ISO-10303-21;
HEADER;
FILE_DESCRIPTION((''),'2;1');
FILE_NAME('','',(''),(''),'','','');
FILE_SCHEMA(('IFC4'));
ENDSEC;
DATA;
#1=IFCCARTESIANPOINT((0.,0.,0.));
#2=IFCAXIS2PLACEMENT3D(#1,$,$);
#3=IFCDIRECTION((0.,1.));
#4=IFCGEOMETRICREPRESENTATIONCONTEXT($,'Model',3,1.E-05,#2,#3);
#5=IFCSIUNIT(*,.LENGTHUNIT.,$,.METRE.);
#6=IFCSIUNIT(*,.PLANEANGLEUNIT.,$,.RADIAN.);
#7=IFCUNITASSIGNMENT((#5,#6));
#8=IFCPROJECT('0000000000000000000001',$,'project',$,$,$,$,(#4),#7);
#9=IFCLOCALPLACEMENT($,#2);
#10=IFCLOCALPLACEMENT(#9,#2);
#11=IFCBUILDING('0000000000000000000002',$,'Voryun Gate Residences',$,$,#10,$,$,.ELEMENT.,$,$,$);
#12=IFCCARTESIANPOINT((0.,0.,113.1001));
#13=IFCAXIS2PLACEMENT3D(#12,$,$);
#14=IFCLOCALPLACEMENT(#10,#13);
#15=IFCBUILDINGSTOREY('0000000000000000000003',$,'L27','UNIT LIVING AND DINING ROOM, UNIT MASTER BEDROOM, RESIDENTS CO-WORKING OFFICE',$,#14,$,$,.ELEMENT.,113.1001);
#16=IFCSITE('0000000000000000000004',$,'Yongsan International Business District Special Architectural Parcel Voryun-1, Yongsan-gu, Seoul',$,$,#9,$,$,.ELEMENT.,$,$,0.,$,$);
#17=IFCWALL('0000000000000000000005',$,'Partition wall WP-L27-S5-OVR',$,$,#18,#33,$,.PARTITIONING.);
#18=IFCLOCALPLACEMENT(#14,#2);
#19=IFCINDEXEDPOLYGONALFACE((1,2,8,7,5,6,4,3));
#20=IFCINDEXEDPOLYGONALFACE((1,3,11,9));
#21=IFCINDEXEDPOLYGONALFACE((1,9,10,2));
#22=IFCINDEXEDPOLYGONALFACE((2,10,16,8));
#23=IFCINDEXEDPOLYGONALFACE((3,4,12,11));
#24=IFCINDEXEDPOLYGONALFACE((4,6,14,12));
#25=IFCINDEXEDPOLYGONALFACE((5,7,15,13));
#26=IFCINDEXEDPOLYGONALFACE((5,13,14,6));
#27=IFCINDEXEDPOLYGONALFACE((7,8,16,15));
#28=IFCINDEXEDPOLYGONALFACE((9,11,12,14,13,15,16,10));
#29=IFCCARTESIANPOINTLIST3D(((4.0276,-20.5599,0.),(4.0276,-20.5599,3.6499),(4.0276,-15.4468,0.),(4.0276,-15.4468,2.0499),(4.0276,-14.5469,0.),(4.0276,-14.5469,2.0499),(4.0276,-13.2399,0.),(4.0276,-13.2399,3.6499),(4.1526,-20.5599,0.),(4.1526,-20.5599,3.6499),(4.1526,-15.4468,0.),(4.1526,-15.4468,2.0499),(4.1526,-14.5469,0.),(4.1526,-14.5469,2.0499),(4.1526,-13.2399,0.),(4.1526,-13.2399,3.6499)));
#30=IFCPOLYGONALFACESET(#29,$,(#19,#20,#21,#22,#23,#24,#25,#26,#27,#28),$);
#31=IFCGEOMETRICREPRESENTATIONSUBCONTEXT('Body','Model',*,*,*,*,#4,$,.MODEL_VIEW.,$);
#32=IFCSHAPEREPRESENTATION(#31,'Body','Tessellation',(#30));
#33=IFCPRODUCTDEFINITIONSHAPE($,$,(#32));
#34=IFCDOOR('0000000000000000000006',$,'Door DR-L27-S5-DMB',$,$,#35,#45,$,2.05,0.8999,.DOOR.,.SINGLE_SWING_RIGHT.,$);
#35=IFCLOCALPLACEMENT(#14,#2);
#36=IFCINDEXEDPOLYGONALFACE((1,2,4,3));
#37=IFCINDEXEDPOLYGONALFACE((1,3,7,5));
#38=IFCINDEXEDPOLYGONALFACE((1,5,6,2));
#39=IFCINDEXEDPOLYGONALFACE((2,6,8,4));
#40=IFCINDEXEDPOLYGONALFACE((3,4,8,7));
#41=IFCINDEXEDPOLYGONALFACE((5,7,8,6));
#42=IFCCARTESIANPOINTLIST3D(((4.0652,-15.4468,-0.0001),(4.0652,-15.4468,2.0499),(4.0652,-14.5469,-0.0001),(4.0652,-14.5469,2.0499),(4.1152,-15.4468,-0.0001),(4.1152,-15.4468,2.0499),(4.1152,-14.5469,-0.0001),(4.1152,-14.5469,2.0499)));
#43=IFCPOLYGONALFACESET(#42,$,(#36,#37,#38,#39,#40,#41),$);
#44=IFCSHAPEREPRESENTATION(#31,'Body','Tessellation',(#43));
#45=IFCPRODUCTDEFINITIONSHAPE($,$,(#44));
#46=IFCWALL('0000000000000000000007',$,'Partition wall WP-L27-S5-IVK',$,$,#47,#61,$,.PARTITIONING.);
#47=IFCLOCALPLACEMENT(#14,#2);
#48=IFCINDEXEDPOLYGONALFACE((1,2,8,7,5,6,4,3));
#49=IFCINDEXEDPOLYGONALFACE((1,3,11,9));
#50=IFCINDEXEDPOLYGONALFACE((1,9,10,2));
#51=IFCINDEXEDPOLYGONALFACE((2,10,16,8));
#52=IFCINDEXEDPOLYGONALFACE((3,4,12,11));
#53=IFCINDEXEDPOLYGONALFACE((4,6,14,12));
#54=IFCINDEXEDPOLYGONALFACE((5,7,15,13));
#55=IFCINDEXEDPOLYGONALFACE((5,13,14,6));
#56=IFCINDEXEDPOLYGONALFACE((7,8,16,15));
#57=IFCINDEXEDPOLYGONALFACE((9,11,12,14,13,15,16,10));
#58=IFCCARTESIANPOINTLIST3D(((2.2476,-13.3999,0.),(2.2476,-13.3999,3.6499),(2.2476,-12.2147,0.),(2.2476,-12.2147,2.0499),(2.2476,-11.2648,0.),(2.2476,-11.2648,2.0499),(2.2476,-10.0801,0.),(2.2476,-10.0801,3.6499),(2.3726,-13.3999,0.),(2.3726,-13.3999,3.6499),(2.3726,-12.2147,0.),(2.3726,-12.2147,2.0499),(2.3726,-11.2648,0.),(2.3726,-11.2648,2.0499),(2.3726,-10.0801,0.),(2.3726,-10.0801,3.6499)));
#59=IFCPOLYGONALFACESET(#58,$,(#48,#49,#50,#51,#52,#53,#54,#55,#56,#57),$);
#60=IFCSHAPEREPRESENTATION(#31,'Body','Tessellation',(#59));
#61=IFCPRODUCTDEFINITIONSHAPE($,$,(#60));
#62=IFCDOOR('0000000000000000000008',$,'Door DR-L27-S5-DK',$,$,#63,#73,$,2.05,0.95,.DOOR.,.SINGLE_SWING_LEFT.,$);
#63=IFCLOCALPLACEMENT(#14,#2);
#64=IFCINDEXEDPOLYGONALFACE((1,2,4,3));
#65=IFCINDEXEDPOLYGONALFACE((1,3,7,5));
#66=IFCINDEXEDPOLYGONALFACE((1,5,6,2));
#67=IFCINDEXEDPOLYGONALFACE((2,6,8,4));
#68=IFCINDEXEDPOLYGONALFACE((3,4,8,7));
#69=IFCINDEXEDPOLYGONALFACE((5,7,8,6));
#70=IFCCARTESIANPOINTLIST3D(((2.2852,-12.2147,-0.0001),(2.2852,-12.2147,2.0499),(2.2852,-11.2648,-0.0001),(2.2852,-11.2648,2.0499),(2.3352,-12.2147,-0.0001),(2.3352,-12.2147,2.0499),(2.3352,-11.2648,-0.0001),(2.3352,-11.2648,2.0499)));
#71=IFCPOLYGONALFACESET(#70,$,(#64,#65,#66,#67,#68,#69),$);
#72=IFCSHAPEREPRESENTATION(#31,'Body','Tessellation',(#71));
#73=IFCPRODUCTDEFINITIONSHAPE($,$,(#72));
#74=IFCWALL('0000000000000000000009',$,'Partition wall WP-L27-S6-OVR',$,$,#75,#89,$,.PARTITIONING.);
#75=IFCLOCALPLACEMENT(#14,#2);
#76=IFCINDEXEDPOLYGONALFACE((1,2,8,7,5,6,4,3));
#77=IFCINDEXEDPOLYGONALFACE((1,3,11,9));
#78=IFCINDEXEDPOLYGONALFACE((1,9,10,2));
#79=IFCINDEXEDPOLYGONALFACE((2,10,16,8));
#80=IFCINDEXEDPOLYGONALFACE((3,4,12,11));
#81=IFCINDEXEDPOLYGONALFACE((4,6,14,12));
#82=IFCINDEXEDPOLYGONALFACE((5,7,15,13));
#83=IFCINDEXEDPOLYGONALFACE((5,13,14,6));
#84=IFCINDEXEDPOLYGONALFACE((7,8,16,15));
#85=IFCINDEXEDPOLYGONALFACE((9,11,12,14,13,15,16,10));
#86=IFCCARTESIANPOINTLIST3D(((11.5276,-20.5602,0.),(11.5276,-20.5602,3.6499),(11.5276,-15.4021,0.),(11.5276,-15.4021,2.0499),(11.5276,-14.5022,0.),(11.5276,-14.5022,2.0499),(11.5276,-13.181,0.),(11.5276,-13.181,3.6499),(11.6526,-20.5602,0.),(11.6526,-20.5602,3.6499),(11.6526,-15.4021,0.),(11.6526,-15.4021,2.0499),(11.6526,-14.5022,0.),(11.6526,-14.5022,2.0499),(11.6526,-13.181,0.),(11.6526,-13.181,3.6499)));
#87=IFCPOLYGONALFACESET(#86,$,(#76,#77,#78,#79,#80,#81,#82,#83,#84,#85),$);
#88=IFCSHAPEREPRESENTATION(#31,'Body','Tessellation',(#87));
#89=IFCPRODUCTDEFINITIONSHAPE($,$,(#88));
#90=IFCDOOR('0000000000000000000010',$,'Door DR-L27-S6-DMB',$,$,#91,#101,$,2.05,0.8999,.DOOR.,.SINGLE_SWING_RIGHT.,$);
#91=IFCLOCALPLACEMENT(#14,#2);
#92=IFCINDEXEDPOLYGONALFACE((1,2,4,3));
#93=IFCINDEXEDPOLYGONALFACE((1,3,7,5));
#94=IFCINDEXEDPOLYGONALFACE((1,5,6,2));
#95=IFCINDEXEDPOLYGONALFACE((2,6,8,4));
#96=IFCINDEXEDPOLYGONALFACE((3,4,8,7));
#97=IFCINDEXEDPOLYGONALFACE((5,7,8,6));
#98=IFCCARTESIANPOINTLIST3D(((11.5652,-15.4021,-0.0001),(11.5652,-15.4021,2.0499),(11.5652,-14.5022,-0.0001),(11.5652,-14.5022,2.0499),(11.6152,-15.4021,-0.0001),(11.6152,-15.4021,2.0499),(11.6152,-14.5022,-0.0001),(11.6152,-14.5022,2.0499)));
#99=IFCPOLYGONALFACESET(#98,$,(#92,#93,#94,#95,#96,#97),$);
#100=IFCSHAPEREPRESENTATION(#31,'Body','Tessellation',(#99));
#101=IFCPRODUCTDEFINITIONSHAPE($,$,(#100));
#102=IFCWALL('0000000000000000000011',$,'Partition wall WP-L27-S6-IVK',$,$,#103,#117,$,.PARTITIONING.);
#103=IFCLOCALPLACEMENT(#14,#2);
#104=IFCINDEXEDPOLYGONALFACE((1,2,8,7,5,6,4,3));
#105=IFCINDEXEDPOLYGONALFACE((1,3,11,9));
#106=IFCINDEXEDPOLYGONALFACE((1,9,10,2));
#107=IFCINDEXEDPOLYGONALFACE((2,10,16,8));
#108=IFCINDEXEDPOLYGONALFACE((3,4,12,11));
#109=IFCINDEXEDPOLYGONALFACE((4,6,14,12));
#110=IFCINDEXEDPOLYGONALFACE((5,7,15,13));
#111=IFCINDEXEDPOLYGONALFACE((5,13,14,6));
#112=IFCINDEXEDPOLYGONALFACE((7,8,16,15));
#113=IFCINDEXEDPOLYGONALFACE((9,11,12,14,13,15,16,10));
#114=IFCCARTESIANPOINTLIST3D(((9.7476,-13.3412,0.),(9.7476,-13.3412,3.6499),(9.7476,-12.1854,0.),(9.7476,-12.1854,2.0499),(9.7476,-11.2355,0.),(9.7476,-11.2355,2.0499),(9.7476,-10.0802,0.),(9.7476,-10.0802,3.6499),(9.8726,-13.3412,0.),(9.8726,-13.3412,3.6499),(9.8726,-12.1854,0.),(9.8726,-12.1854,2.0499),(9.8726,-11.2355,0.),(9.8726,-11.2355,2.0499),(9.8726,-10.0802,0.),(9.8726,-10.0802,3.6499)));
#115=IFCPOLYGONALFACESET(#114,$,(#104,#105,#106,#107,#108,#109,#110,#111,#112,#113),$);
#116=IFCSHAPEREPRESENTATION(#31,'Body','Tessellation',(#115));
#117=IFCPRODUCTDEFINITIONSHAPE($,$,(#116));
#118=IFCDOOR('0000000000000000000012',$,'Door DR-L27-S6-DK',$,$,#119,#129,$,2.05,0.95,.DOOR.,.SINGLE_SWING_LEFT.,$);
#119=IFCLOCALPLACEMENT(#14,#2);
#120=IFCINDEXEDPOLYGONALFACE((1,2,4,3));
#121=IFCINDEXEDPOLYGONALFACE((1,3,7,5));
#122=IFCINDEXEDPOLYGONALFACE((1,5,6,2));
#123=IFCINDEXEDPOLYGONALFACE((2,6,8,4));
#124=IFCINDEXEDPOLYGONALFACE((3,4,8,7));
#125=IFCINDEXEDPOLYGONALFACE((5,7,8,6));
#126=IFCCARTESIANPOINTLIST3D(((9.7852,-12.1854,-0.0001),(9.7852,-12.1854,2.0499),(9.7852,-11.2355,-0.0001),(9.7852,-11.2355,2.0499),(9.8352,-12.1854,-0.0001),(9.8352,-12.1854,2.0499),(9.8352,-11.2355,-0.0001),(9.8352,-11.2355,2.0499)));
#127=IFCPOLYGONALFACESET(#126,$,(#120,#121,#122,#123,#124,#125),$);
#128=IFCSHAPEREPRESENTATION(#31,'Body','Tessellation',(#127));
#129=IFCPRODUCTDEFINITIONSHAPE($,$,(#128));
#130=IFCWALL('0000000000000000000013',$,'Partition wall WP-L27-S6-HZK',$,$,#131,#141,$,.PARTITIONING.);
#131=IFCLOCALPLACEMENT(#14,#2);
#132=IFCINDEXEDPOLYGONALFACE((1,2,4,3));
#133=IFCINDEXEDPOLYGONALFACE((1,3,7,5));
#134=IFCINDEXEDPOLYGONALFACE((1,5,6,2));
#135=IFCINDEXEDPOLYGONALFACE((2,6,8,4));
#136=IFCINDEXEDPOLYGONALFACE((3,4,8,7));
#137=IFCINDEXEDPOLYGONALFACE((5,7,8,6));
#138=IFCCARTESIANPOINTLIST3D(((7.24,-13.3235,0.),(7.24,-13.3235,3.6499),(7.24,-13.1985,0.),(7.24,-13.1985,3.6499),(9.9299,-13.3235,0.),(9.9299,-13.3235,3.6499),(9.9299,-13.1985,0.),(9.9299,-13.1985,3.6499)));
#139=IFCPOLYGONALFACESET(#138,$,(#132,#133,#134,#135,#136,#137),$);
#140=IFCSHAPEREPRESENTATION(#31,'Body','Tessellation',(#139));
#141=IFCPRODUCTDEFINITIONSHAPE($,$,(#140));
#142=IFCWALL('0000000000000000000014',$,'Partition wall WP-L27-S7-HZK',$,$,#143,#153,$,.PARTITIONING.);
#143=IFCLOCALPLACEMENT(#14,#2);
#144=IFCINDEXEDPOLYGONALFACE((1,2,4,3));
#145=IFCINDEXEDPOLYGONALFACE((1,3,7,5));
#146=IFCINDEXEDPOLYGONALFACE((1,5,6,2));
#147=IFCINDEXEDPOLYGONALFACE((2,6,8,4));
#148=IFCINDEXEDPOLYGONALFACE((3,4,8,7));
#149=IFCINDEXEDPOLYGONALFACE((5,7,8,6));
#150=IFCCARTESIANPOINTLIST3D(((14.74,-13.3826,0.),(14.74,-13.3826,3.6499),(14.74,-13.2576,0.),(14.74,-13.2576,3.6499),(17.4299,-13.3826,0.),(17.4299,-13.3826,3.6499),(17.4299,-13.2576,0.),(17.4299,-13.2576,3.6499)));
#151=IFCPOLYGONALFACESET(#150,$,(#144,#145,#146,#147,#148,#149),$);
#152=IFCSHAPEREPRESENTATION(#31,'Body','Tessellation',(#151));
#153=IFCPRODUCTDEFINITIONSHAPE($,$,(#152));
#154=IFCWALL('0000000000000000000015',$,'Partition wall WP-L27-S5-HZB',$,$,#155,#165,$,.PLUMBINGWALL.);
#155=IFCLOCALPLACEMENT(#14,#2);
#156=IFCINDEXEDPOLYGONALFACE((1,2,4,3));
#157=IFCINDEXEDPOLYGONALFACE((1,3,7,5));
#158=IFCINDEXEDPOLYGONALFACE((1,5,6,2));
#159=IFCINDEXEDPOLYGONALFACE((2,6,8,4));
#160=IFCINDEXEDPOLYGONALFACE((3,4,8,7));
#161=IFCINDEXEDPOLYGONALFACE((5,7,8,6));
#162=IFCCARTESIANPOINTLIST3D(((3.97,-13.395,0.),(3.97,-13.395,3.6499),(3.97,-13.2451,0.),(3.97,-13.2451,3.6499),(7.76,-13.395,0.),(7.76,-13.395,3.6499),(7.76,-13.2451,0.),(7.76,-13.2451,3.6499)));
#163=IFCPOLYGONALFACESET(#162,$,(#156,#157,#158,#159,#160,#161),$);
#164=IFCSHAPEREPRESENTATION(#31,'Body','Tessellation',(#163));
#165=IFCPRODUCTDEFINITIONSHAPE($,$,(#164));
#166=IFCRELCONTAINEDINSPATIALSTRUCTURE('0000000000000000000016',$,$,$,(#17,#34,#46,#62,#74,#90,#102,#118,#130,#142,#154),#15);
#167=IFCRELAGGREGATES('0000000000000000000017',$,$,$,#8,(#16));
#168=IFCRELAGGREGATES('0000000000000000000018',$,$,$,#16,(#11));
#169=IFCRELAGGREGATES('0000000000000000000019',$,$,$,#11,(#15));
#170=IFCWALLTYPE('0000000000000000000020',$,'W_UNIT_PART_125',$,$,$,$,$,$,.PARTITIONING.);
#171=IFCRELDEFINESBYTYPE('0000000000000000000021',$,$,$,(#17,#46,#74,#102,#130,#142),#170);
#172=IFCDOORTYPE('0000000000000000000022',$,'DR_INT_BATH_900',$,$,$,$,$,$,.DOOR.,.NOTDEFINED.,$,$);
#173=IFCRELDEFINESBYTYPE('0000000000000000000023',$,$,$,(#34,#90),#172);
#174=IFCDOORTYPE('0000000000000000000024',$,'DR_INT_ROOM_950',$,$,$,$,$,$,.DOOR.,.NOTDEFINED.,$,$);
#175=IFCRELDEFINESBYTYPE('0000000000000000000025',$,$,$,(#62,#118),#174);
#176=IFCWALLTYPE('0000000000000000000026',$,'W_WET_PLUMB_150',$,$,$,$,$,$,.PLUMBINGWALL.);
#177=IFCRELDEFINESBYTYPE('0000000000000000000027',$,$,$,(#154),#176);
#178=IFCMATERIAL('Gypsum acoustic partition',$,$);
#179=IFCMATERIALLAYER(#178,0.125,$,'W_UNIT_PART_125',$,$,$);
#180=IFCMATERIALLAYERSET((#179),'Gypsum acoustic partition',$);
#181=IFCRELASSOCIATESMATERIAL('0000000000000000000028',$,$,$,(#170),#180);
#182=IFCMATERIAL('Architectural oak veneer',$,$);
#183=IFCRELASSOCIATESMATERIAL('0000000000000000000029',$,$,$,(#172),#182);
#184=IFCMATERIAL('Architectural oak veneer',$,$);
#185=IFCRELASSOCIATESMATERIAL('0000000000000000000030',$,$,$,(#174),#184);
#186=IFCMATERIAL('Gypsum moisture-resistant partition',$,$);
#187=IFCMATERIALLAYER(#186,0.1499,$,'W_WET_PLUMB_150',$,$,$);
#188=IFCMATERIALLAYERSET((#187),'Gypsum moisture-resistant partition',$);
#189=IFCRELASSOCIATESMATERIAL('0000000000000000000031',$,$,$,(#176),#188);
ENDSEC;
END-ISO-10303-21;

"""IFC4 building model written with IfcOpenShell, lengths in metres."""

from ifc_helpers import new_model, si_unit, direction, frame, frame_2d, origin, place, context, subcontext, project, spatial, rectangle, extrude, material, layer, layer_set, type_object, element, fill, save


model = new_model("IFC4")

# Units and contexts
model_context = context("Model", 3, precision=1e-05, world=origin(), true_north=direction((0.0, 1.0)))
body_context = subcontext(model_context, "Body", "Model", "MODEL_VIEW")
ifc_project = project(units=[si_unit("LENGTHUNIT", "METRE"), si_unit("PLANEANGLEUNIT", "RADIAN")], contexts=[model_context])

# Site, building, storey
site_placement = place(None, origin())
site = spatial("IfcSite", under=ifc_project, at=site_placement, Name="Yongsan International Business District Special Architectural Parcel Voryun-1, Yongsan-gu, Seoul", CompositionType="ELEMENT", RefElevation=0.0)
building_placement = place(site_placement, origin())
building = spatial("IfcBuilding", under=site, at=building_placement, Name="Voryun Gate Residences", CompositionType="ELEMENT")
storey_placement = place(building_placement, frame((0.0, 0.0, 113.1001)))
storey = spatial("IfcBuildingStorey", under=building, at=storey_placement, Name="L27", Description="UNIT LIVING AND DINING ROOM, UNIT MASTER BEDROOM, RESIDENTS CO-WORKING OFFICE", CompositionType="ELEMENT", Elevation=113.1001)

# Walls, openings, doors
ifc_material_1 = material(Name="Gypsum acoustic partition")
ifc_layer_1 = layer(ifc_material_1, 0.125, Name="W_UNIT_PART_125")
ifc_layer_set_1 = layer_set([ifc_layer_1], Name="Gypsum acoustic partition")
wall_type_1 = type_object("IfcWallType", Name="W_UNIT_PART_125", PredefinedType="PARTITIONING", material=ifc_layer_set_1)
wall_1_placement = place(storey_placement, frame((4.0901, -20.5601, 0.0), z_axis=(0.0, 0.0, 1.0), x_axis=(0.0, 1.0, 0.0)))
wall_1 = element("IfcWall", 1, at=wall_1_placement, inside=storey, type_object=wall_type_1, Name="Partition wall WP-L27-S5-OVR", PredefinedType="PARTITIONING", context=body_context, shape_type="SweptSolid", body=[
    extrude(rectangle(XDim=7.3201, YDim=0.125, at=frame_2d((3.6602, 0.0))), origin(), (0.0, 0.0, 1.0), 3.6499),
])
opening_1_placement = place(wall_1_placement, frame((5.1133, 0.0, 0.0)))
opening_1 = element("IfcOpeningElement", 2, at=opening_1_placement, cuts=wall_1, PredefinedType="OPENING", context=body_context, shape_type="SweptSolid", body=[
    extrude(rectangle(XDim=0.8999, YDim=2.05, at=frame_2d((0.45, 1.0249))), frame((0.0, 0.0725, 0.0), z_axis=(0.0, -1.0, 0.0), x_axis=(1.0, 0.0, 0.0)), (0.0, 0.0, 1.0), 0.145),
])
ifc_material_2 = material(Name="Architectural oak veneer")
door_type_1 = type_object("IfcDoorType", Name="DR_INT_BATH_900", OperationType="NOTDEFINED", PredefinedType="DOOR", material=ifc_material_2)
door_1_placement = place(opening_1_placement, origin())
door_1 = element("IfcDoor", 3, at=door_1_placement, inside=storey, type_object=door_type_1, Name="Door DR-L27-S5-DMB", OperationType="SINGLE_SWING_RIGHT", OverallHeight=2.05, OverallWidth=0.8999, PredefinedType="DOOR", context=body_context, shape_type="SweptSolid", body=[
    extrude(rectangle(XDim=0.8999, YDim=2.05, at=frame_2d((0.45, 1.0249))), frame((0.0, 0.0249, 0.0), z_axis=(0.0, -1.0, 0.0), x_axis=(1.0, 0.0, 0.0)), (0.0, 0.0, 1.0), 0.05),
])
fill(opening_1, door_1)
wall_2_placement = place(storey_placement, frame((2.3101, -13.3999, 0.0), z_axis=(0.0, 0.0, 1.0), x_axis=(0.0, 1.0, 0.0)))
wall_2 = element("IfcWall", 4, at=wall_2_placement, inside=storey, type_object=wall_type_1, Name="Partition wall WP-L27-S5-IVK", PredefinedType="PARTITIONING", context=body_context, shape_type="SweptSolid", body=[
    extrude(rectangle(XDim=3.3198, YDim=0.125, at=frame_2d((1.6599, 0.0))), origin(), (0.0, 0.0, 1.0), 3.6499),
])
opening_2_placement = place(wall_2_placement, frame((1.1851, 0.0, 0.0)))
opening_2 = element("IfcOpeningElement", 5, at=opening_2_placement, cuts=wall_2, PredefinedType="OPENING", context=body_context, shape_type="SweptSolid", body=[
    extrude(rectangle(XDim=0.95, YDim=2.05, at=frame_2d((0.4751, 1.0249))), frame((0.0, 0.0725, 0.0), z_axis=(0.0, -1.0, 0.0), x_axis=(1.0, 0.0, 0.0)), (0.0, 0.0, 1.0), 0.145),
])
ifc_material_3 = material(Name="Architectural oak veneer")
door_type_2 = type_object("IfcDoorType", Name="DR_INT_ROOM_950", OperationType="NOTDEFINED", PredefinedType="DOOR", material=ifc_material_3)
door_2_placement = place(opening_2_placement, origin())
door_2 = element("IfcDoor", 6, at=door_2_placement, inside=storey, type_object=door_type_2, Name="Door DR-L27-S5-DK", OperationType="SINGLE_SWING_LEFT", OverallHeight=2.05, OverallWidth=0.95, PredefinedType="DOOR", context=body_context, shape_type="SweptSolid", body=[
    extrude(rectangle(XDim=0.95, YDim=2.05, at=frame_2d((0.4751, 1.0249))), frame((0.0, 0.0249, 0.0), z_axis=(0.0, -1.0, 0.0), x_axis=(1.0, 0.0, 0.0)), (0.0, 0.0, 1.0), 0.05),
])
fill(opening_2, door_2)
wall_3_placement = place(storey_placement, frame((11.5901, -20.5601, 0.0), z_axis=(0.0, 0.0, 1.0), x_axis=(0.0, 1.0, 0.0)))
wall_3 = element("IfcWall", 7, at=wall_3_placement, inside=storey, type_object=wall_type_1, Name="Partition wall WP-L27-S6-OVR", PredefinedType="PARTITIONING", context=body_context, shape_type="SweptSolid", body=[
    extrude(rectangle(XDim=7.3792, YDim=0.125, at=frame_2d((3.6895, 0.0))), origin(), (0.0, 0.0, 1.0), 3.6499),
])
opening_3_placement = place(wall_3_placement, frame((5.158, 0.0, 0.0)))
opening_3 = element("IfcOpeningElement", 8, at=opening_3_placement, cuts=wall_3, PredefinedType="OPENING", context=body_context, shape_type="SweptSolid", body=[
    extrude(rectangle(XDim=0.8999, YDim=2.05, at=frame_2d((0.45, 1.0249))), frame((0.0, 0.0725, 0.0), z_axis=(0.0, -1.0, 0.0), x_axis=(1.0, 0.0, 0.0)), (0.0, 0.0, 1.0), 0.145),
])
door_3_placement = place(opening_3_placement, origin())
door_3 = element("IfcDoor", 9, at=door_3_placement, inside=storey, type_object=door_type_1, Name="Door DR-L27-S6-DMB", OperationType="SINGLE_SWING_RIGHT", OverallHeight=2.05, OverallWidth=0.8999, PredefinedType="DOOR", context=body_context, shape_type="SweptSolid", body=[
    extrude(rectangle(XDim=0.8999, YDim=2.05, at=frame_2d((0.45, 1.0249))), frame((0.0, 0.0249, 0.0), z_axis=(0.0, -1.0, 0.0), x_axis=(1.0, 0.0, 0.0)), (0.0, 0.0, 1.0), 0.05),
])
fill(opening_3, door_3)
wall_4_placement = place(storey_placement, frame((9.8101, -13.3411, 0.0), z_axis=(0.0, 0.0, 1.0), x_axis=(0.0, 1.0, 0.0)))
wall_4 = element("IfcWall", 10, at=wall_4_placement, inside=storey, type_object=wall_type_1, Name="Partition wall WP-L27-S6-IVK", PredefinedType="PARTITIONING", context=body_context, shape_type="SweptSolid", body=[
    extrude(rectangle(XDim=3.261, YDim=0.125, at=frame_2d((1.6304, 0.0))), origin(), (0.0, 0.0, 1.0), 3.6499),
])
opening_4_placement = place(wall_4_placement, frame((1.1555, 0.0, 0.0)))
opening_4 = element("IfcOpeningElement", 11, at=opening_4_placement, cuts=wall_4, PredefinedType="OPENING", context=body_context, shape_type="SweptSolid", body=[
    extrude(rectangle(XDim=0.95, YDim=2.05, at=frame_2d((0.4751, 1.0249))), frame((0.0, 0.0725, 0.0), z_axis=(0.0, -1.0, 0.0), x_axis=(1.0, 0.0, 0.0)), (0.0, 0.0, 1.0), 0.145),
])
door_4_placement = place(opening_4_placement, origin())
door_4 = element("IfcDoor", 12, at=door_4_placement, inside=storey, type_object=door_type_2, Name="Door DR-L27-S6-DK", OperationType="SINGLE_SWING_LEFT", OverallHeight=2.05, OverallWidth=0.95, PredefinedType="DOOR", context=body_context, shape_type="SweptSolid", body=[
    extrude(rectangle(XDim=0.95, YDim=2.05, at=frame_2d((0.4751, 1.0249))), frame((0.0, 0.0249, 0.0), z_axis=(0.0, -1.0, 0.0), x_axis=(1.0, 0.0, 0.0)), (0.0, 0.0, 1.0), 0.05),
])
fill(opening_4, door_4)

# Walls
for number, where, z_axis, x_axis, name in (
    (13, (7.24, -13.261, 0.0), (0.0, 0.0, 1.0), (1.0, 0.0, 0.0), "Partition wall WP-L27-S6-HZK"),
    (14, (14.74, -13.3201, 0.0), (0.0, 0.0, 1.0), (1.0, 0.0, 0.0), "Partition wall WP-L27-S7-HZK"),
):
    element("IfcWall", number, at=place(storey_placement, frame(where, z_axis=z_axis, x_axis=x_axis)), inside=storey, type_object=wall_type_1, Name=name, PredefinedType="PARTITIONING", context=body_context, shape_type="SweptSolid", body=[
        extrude(rectangle(XDim=2.6899, YDim=0.125, at=frame_2d((1.345, 0.0))), origin(), (0.0, 0.0, 1.0), 3.6499),
    ])
ifc_material_4 = material(Name="Gypsum moisture-resistant partition")
ifc_layer_2 = layer(ifc_material_4, 0.1499, Name="W_WET_PLUMB_150")
ifc_layer_set_2 = layer_set([ifc_layer_2], Name="Gypsum moisture-resistant partition")
wall_type_2 = type_object("IfcWallType", Name="W_WET_PLUMB_150", PredefinedType="PLUMBINGWALL", material=ifc_layer_set_2)
wall_5_placement = place(storey_placement, frame((3.97, -13.3201, 0.0), z_axis=(0.0, 0.0, 1.0), x_axis=(1.0, 0.0, 0.0)))
element("IfcWall", 15, at=wall_5_placement, inside=storey, type_object=wall_type_2, Name="Partition wall WP-L27-S5-HZB", PredefinedType="PLUMBINGWALL", context=body_context, shape_type="SweptSolid", body=[
    extrude(rectangle(XDim=3.79, YDim=0.1499, at=frame_2d((1.895, 0.0))), origin(), (0.0, 0.0, 1.0), 3.6499),
])

save(model, "model.ifc")
